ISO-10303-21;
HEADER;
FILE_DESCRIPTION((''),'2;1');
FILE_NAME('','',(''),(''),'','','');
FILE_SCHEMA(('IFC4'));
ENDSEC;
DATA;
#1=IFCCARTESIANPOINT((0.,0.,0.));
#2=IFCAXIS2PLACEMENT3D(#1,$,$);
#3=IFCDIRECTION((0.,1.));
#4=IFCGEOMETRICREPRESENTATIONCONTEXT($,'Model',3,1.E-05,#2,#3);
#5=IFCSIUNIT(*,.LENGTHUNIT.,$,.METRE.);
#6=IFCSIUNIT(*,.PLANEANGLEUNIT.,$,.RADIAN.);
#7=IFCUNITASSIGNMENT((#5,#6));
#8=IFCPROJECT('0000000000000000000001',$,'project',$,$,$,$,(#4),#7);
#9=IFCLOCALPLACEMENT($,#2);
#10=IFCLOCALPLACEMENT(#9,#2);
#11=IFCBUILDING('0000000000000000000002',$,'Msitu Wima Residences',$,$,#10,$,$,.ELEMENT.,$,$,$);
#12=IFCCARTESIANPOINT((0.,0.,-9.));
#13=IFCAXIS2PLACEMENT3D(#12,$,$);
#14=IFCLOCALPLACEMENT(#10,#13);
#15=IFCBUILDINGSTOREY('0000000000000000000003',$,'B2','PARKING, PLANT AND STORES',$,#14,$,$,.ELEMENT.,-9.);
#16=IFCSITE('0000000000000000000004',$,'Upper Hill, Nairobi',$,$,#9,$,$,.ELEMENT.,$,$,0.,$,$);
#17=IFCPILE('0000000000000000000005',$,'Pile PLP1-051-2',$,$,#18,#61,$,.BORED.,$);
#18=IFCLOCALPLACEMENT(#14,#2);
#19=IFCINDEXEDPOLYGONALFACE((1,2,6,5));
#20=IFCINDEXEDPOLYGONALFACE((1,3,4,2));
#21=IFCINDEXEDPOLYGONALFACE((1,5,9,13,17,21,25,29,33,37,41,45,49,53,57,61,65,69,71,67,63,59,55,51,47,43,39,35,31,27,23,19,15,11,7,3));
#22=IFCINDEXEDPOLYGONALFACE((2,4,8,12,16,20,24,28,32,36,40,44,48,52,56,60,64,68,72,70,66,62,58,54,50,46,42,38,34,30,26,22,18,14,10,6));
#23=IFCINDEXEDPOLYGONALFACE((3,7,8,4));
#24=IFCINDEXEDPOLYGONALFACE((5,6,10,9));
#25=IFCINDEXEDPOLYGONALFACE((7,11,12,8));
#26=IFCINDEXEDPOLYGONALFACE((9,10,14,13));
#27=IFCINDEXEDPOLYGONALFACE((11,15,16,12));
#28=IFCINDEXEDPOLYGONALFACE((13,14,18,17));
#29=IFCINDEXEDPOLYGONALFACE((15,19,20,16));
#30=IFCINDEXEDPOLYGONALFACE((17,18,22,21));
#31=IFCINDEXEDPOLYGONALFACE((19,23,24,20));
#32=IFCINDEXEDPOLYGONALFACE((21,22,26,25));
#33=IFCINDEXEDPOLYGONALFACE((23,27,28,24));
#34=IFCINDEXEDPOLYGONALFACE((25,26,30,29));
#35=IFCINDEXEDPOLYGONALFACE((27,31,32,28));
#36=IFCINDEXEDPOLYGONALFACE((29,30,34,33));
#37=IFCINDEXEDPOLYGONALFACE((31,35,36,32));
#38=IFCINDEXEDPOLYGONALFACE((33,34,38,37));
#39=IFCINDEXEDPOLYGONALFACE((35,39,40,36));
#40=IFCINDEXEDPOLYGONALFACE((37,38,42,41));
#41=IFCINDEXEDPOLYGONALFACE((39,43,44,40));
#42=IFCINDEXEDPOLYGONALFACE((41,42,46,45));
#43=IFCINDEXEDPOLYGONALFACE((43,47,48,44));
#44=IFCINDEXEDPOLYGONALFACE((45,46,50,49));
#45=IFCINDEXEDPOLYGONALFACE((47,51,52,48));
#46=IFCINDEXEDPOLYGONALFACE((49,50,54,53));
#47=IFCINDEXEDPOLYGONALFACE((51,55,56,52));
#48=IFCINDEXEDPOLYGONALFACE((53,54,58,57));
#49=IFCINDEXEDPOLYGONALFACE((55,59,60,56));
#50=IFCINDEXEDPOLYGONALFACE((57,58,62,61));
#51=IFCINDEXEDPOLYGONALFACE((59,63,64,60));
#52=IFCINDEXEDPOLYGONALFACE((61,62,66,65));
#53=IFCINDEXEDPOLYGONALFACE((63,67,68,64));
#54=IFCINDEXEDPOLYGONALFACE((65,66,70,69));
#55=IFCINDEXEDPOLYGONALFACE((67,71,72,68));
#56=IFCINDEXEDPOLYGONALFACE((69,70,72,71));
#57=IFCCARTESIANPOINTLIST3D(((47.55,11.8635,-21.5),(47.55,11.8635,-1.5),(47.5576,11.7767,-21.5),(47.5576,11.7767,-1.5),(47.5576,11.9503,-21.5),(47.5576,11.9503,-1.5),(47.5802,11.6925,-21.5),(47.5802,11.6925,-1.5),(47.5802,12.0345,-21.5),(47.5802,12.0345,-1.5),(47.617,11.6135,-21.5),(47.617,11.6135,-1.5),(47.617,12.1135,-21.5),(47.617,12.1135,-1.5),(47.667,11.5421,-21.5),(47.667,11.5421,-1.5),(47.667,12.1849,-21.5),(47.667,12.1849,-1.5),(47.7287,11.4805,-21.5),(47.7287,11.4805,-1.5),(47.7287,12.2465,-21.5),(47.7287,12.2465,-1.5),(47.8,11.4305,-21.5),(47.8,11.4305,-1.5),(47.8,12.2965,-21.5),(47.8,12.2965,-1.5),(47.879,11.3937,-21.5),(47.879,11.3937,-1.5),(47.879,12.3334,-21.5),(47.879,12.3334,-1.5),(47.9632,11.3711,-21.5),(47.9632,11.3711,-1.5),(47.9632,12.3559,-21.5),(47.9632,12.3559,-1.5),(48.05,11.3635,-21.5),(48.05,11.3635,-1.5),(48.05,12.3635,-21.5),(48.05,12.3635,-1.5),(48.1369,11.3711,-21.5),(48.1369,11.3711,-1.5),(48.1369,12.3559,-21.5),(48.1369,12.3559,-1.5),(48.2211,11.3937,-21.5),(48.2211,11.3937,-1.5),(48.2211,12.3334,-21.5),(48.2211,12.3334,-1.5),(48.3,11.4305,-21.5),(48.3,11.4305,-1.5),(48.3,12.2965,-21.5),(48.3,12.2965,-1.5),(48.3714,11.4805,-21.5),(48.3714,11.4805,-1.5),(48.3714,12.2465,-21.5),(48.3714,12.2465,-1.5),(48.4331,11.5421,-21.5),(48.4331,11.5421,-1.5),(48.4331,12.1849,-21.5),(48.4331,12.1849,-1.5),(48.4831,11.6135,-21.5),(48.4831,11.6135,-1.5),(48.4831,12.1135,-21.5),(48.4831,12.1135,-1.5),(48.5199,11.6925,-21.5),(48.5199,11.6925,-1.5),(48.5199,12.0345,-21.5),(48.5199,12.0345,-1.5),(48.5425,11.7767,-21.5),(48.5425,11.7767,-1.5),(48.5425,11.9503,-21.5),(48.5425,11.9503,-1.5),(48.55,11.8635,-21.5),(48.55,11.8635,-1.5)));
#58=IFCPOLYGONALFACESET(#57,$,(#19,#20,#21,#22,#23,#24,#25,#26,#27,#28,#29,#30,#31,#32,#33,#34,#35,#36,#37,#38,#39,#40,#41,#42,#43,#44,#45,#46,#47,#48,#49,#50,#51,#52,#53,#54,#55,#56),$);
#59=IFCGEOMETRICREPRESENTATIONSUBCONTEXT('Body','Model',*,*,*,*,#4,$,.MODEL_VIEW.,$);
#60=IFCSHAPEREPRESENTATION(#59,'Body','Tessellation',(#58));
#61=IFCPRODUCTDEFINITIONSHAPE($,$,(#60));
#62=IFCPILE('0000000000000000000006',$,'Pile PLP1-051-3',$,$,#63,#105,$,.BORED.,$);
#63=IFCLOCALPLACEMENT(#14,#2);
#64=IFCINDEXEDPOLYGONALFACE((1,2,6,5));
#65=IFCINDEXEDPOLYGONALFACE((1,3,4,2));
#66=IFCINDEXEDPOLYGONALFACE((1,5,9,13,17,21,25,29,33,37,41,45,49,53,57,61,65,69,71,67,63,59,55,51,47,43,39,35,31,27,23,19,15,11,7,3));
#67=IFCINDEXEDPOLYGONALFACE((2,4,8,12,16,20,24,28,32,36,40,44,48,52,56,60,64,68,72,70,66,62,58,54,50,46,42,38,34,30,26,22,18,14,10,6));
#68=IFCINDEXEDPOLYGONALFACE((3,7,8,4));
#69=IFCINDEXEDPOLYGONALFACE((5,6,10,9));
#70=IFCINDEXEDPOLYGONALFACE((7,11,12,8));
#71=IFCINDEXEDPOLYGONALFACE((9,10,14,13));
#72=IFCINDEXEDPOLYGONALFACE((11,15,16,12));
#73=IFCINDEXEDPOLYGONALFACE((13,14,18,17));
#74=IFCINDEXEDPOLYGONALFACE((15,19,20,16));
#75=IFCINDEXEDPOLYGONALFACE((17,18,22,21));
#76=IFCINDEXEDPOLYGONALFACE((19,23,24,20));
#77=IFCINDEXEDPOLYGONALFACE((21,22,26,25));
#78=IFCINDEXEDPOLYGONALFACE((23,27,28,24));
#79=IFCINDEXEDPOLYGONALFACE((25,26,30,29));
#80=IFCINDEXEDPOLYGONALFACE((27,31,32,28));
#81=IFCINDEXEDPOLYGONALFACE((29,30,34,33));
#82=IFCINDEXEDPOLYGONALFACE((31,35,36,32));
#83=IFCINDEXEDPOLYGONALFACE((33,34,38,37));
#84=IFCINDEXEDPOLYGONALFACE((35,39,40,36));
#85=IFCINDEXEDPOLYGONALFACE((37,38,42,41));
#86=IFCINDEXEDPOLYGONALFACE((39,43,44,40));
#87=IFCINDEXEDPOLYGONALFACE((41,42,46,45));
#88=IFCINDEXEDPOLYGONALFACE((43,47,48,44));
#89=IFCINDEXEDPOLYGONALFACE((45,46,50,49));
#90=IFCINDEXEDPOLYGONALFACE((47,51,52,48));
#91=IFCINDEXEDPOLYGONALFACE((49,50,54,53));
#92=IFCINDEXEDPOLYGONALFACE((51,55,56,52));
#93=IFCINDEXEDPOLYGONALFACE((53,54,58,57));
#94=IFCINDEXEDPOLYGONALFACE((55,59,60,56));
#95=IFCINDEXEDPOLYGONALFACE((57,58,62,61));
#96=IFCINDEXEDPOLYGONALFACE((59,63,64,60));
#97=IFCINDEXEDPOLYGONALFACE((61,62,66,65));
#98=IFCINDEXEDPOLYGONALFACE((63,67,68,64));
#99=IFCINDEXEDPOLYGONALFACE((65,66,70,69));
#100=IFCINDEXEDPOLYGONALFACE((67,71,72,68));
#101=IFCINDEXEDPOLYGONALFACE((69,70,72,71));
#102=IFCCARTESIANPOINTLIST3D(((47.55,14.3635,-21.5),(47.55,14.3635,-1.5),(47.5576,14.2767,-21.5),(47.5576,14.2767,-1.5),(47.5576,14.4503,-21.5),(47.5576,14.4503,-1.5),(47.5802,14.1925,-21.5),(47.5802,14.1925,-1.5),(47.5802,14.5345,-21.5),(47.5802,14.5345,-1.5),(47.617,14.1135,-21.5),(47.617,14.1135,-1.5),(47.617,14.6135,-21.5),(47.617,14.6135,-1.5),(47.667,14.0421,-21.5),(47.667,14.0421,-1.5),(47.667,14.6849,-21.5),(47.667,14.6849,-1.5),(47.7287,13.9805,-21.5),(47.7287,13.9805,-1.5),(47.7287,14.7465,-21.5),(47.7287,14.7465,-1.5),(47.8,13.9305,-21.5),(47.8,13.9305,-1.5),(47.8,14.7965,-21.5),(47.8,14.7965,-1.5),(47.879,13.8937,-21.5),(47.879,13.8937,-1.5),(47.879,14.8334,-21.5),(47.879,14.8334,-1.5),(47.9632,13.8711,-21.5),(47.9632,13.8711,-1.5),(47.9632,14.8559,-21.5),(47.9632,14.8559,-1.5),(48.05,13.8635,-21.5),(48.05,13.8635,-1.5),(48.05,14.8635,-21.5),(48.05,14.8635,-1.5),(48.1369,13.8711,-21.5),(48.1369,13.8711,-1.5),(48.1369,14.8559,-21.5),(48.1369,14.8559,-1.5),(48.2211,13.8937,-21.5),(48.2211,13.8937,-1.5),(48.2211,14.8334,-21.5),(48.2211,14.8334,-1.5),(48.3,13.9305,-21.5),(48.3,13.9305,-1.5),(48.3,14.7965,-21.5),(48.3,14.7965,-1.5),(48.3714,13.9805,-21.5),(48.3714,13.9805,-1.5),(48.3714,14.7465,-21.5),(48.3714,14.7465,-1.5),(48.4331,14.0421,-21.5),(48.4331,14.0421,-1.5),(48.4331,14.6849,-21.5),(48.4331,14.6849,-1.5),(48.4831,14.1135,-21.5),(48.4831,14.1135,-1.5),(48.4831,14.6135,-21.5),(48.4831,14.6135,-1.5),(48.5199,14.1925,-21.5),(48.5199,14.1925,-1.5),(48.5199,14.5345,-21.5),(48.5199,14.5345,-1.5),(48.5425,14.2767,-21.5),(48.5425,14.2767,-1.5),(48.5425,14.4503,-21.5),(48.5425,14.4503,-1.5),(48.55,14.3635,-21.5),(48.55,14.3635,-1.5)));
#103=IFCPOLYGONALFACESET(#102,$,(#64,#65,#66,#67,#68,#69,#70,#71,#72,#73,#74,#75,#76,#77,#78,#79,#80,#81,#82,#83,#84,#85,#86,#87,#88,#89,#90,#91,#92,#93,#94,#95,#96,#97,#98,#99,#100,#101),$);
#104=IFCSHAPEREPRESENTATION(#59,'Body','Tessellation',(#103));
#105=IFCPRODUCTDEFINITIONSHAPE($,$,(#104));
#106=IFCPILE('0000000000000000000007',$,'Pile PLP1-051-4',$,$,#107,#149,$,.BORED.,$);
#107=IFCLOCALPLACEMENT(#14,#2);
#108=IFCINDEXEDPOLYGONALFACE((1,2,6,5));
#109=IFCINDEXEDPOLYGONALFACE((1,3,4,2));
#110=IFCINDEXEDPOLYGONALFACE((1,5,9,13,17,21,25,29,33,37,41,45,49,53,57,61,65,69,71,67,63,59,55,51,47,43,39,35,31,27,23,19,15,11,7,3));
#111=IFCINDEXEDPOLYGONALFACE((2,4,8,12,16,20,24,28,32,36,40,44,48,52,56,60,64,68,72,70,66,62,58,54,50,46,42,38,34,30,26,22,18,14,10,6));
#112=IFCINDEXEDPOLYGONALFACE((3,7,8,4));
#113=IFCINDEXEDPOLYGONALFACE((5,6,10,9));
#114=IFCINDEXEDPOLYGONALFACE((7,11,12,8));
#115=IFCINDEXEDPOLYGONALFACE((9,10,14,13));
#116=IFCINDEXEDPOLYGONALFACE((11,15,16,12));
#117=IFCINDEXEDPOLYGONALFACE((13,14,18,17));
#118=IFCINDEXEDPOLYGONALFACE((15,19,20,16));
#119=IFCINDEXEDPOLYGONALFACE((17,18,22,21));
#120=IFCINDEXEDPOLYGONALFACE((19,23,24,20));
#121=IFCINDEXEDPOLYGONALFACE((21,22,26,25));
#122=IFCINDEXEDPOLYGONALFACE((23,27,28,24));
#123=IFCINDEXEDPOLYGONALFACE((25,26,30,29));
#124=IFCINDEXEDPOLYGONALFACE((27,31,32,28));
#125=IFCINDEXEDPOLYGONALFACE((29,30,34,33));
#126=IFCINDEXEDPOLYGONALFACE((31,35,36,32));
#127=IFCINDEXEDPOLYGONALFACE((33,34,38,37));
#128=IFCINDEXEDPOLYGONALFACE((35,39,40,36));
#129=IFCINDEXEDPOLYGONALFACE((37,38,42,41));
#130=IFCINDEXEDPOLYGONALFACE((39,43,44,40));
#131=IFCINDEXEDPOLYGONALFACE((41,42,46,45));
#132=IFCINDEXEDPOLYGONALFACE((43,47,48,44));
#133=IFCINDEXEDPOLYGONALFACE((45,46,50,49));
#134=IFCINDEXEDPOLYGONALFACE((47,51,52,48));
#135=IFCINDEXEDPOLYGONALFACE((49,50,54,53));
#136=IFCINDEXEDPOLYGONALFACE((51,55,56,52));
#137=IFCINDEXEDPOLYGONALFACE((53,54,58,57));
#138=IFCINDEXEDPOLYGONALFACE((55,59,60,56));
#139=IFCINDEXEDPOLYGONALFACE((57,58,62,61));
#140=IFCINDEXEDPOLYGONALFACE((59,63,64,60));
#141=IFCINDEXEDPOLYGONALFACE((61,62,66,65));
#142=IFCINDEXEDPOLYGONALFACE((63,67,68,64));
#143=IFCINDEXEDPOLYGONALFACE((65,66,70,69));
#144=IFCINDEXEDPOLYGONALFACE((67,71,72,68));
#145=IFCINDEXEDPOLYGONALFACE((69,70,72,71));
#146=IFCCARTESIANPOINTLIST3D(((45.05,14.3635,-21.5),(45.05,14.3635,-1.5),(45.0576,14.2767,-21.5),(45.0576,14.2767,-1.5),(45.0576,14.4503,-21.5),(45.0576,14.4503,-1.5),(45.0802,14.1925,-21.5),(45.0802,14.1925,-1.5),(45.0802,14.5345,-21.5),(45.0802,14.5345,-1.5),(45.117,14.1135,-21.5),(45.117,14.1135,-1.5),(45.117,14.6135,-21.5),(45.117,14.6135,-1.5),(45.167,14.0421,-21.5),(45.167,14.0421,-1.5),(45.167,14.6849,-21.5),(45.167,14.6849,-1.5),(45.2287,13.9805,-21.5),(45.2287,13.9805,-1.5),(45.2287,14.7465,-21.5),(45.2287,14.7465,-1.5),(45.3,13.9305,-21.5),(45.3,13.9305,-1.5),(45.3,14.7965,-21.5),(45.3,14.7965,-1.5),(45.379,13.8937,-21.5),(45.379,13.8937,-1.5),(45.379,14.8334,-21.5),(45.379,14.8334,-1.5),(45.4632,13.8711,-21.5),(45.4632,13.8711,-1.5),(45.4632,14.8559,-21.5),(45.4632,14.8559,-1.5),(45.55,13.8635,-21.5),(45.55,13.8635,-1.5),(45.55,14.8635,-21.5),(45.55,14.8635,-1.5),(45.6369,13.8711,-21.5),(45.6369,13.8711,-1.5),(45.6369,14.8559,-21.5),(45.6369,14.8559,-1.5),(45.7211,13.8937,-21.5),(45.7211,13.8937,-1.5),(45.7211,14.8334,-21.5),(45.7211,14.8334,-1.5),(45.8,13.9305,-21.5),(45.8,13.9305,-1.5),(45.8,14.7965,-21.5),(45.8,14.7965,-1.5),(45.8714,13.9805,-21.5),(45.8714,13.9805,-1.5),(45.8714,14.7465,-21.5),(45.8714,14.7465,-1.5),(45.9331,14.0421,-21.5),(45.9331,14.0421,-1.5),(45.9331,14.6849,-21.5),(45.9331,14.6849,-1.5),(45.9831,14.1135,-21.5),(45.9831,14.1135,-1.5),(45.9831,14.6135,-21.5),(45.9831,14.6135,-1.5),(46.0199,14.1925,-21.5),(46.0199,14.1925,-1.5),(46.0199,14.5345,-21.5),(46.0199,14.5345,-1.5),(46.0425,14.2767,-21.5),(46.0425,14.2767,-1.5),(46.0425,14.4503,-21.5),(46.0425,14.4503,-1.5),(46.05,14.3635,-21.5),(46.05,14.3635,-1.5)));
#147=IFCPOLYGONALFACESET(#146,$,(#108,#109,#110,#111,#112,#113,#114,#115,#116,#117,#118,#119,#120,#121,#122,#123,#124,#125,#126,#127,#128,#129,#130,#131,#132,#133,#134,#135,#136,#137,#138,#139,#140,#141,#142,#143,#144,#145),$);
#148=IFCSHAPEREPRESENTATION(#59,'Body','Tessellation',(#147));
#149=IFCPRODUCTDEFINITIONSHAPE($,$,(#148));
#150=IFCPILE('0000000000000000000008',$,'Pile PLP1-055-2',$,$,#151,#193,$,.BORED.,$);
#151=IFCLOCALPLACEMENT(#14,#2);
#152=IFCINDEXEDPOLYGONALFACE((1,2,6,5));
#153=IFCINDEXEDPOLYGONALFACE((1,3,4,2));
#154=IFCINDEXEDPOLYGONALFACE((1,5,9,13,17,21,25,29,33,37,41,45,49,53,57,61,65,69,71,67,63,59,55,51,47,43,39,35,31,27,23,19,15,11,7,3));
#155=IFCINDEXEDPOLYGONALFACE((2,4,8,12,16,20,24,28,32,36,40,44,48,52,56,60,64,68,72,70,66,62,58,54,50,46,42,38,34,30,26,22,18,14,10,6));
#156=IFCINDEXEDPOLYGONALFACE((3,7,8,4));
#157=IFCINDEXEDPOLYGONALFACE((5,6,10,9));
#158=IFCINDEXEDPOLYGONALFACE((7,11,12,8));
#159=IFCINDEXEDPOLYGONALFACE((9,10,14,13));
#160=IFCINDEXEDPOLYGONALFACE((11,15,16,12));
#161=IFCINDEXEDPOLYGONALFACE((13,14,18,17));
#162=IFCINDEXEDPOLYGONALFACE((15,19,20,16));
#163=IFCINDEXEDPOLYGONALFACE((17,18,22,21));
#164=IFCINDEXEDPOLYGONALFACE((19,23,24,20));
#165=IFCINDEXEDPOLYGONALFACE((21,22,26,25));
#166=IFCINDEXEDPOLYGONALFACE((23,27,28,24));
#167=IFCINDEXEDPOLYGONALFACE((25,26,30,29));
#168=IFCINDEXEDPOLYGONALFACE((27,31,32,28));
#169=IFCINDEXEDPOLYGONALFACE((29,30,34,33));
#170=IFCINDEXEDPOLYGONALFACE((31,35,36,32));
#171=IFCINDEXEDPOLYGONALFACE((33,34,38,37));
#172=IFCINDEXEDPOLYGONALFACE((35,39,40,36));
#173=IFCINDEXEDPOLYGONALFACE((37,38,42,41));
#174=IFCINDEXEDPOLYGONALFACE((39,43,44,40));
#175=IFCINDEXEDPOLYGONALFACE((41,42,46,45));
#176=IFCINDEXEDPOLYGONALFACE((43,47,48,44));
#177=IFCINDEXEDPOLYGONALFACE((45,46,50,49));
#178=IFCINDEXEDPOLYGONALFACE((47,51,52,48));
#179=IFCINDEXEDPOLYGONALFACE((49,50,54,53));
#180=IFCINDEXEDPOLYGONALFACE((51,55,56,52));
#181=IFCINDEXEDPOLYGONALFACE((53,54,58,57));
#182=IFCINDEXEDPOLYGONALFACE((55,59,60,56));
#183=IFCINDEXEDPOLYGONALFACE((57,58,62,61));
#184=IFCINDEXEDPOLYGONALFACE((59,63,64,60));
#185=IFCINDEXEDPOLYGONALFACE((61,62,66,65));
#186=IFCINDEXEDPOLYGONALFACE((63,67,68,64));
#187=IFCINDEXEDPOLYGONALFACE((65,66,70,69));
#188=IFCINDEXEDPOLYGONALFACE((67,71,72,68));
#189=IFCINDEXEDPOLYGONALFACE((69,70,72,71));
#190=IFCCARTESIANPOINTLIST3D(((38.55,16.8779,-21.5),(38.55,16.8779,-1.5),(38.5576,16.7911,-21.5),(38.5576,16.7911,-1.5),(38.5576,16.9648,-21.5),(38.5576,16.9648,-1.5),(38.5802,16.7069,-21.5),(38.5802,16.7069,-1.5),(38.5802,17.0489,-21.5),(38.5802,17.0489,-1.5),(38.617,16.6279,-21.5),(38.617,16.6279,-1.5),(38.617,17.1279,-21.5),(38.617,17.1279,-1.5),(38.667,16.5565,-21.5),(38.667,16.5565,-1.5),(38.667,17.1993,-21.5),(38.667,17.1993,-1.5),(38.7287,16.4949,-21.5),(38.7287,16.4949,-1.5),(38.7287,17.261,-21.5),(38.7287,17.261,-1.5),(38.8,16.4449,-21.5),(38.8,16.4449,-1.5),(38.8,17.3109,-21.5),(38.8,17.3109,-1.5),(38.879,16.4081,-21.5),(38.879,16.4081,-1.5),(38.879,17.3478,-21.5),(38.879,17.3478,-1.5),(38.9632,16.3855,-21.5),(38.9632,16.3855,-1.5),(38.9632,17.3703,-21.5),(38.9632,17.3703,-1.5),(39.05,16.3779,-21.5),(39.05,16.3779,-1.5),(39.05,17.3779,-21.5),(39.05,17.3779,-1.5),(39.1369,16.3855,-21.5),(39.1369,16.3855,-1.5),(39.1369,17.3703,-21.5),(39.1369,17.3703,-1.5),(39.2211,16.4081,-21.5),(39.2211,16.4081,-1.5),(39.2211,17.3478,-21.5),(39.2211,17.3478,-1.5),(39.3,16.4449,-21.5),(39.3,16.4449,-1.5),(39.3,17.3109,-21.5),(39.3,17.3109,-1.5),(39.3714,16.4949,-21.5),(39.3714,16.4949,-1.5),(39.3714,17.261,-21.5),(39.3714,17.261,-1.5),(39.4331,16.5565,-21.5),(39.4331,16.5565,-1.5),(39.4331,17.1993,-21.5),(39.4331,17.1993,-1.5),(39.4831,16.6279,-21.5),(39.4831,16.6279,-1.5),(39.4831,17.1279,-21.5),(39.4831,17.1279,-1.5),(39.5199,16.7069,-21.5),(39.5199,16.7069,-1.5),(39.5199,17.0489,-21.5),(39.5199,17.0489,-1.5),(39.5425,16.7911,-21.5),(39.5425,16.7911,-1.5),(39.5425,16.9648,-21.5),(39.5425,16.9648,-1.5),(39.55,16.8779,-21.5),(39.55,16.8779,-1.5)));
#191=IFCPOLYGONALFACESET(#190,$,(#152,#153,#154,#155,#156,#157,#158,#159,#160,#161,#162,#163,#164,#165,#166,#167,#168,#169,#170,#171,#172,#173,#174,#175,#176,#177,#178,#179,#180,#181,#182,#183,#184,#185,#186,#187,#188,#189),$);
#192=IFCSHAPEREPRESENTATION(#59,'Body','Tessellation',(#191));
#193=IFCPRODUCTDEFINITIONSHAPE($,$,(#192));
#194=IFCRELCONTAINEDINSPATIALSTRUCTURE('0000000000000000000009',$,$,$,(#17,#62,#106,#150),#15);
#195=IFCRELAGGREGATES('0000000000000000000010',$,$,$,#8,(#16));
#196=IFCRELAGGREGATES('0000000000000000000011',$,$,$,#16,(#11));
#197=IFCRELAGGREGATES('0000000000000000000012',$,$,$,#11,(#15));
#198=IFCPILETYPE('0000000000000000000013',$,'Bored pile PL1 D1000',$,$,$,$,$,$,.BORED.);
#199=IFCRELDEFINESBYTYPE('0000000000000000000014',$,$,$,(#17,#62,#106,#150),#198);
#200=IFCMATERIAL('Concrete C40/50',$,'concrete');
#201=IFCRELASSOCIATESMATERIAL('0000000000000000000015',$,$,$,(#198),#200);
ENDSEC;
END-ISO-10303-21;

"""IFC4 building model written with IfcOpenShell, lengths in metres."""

from ifc_helpers import new_model, si_unit, direction, frame, origin, origin_2d, place, context, subcontext, project, spatial, circle, extrude, material, type_object, element, save


model = new_model("IFC4")

# Units and contexts
model_context = context("Model", 3, precision=1e-05, world=origin(), true_north=direction((0.0, 1.0)))
body_context = subcontext(model_context, "Body", "Model", "MODEL_VIEW")
ifc_project = project(units=[si_unit("LENGTHUNIT", "METRE"), si_unit("PLANEANGLEUNIT", "RADIAN")], contexts=[model_context])

# Site, building, storey
site_placement = place(None, origin())
site = spatial("IfcSite", under=ifc_project, at=site_placement, Name="Upper Hill, Nairobi", CompositionType="ELEMENT", RefElevation=0.0)
building_placement = place(site_placement, origin())
building = spatial("IfcBuilding", under=site, at=building_placement, Name="Msitu Wima Residences", CompositionType="ELEMENT")
storey_placement = place(building_placement, frame((0.0, 0.0, -9.0)))
storey = spatial("IfcBuildingStorey", under=building, at=storey_placement, Name="B2", Description="PARKING, PLANT AND STORES", CompositionType="ELEMENT", Elevation=-9.0)

# Piles
ifc_material_1 = material(Name="Concrete C40/50", Category="concrete")
pile_type = type_object("IfcPileType", Name="Bored pile PL1 D1000", PredefinedType="BORED", material=ifc_material_1)
for number, where, z_axis, x_axis, name in (
    (1, (48.05, 11.8635, -1.5), (0.0, 0.0, -1.0), (1.0, 0.0, 0.0), "Pile PLP1-051-2"),
    (2, (48.05, 14.3635, -1.5), (0.0, 0.0, -1.0), (1.0, 0.0, 0.0), "Pile PLP1-051-3"),
    (3, (45.55, 14.3635, -1.5), (0.0, 0.0, -1.0), (1.0, 0.0, 0.0), "Pile PLP1-051-4"),
    (4, (39.05, 16.8779, -1.5), (0.0, 0.0, -1.0), (1.0, 0.0, 0.0), "Pile PLP1-055-2"),
):
    element("IfcPile", number, at=place(storey_placement, frame(where, z_axis=z_axis, x_axis=x_axis)), inside=storey, type_object=pile_type, Name=name, PredefinedType="BORED", context=body_context, shape_type="SweptSolid", body=[
        extrude(circle(Radius=0.5, at=origin_2d()), origin(), (0.0, 0.0, 1.0), 20.0),
    ])

save(model, "model.ifc")
